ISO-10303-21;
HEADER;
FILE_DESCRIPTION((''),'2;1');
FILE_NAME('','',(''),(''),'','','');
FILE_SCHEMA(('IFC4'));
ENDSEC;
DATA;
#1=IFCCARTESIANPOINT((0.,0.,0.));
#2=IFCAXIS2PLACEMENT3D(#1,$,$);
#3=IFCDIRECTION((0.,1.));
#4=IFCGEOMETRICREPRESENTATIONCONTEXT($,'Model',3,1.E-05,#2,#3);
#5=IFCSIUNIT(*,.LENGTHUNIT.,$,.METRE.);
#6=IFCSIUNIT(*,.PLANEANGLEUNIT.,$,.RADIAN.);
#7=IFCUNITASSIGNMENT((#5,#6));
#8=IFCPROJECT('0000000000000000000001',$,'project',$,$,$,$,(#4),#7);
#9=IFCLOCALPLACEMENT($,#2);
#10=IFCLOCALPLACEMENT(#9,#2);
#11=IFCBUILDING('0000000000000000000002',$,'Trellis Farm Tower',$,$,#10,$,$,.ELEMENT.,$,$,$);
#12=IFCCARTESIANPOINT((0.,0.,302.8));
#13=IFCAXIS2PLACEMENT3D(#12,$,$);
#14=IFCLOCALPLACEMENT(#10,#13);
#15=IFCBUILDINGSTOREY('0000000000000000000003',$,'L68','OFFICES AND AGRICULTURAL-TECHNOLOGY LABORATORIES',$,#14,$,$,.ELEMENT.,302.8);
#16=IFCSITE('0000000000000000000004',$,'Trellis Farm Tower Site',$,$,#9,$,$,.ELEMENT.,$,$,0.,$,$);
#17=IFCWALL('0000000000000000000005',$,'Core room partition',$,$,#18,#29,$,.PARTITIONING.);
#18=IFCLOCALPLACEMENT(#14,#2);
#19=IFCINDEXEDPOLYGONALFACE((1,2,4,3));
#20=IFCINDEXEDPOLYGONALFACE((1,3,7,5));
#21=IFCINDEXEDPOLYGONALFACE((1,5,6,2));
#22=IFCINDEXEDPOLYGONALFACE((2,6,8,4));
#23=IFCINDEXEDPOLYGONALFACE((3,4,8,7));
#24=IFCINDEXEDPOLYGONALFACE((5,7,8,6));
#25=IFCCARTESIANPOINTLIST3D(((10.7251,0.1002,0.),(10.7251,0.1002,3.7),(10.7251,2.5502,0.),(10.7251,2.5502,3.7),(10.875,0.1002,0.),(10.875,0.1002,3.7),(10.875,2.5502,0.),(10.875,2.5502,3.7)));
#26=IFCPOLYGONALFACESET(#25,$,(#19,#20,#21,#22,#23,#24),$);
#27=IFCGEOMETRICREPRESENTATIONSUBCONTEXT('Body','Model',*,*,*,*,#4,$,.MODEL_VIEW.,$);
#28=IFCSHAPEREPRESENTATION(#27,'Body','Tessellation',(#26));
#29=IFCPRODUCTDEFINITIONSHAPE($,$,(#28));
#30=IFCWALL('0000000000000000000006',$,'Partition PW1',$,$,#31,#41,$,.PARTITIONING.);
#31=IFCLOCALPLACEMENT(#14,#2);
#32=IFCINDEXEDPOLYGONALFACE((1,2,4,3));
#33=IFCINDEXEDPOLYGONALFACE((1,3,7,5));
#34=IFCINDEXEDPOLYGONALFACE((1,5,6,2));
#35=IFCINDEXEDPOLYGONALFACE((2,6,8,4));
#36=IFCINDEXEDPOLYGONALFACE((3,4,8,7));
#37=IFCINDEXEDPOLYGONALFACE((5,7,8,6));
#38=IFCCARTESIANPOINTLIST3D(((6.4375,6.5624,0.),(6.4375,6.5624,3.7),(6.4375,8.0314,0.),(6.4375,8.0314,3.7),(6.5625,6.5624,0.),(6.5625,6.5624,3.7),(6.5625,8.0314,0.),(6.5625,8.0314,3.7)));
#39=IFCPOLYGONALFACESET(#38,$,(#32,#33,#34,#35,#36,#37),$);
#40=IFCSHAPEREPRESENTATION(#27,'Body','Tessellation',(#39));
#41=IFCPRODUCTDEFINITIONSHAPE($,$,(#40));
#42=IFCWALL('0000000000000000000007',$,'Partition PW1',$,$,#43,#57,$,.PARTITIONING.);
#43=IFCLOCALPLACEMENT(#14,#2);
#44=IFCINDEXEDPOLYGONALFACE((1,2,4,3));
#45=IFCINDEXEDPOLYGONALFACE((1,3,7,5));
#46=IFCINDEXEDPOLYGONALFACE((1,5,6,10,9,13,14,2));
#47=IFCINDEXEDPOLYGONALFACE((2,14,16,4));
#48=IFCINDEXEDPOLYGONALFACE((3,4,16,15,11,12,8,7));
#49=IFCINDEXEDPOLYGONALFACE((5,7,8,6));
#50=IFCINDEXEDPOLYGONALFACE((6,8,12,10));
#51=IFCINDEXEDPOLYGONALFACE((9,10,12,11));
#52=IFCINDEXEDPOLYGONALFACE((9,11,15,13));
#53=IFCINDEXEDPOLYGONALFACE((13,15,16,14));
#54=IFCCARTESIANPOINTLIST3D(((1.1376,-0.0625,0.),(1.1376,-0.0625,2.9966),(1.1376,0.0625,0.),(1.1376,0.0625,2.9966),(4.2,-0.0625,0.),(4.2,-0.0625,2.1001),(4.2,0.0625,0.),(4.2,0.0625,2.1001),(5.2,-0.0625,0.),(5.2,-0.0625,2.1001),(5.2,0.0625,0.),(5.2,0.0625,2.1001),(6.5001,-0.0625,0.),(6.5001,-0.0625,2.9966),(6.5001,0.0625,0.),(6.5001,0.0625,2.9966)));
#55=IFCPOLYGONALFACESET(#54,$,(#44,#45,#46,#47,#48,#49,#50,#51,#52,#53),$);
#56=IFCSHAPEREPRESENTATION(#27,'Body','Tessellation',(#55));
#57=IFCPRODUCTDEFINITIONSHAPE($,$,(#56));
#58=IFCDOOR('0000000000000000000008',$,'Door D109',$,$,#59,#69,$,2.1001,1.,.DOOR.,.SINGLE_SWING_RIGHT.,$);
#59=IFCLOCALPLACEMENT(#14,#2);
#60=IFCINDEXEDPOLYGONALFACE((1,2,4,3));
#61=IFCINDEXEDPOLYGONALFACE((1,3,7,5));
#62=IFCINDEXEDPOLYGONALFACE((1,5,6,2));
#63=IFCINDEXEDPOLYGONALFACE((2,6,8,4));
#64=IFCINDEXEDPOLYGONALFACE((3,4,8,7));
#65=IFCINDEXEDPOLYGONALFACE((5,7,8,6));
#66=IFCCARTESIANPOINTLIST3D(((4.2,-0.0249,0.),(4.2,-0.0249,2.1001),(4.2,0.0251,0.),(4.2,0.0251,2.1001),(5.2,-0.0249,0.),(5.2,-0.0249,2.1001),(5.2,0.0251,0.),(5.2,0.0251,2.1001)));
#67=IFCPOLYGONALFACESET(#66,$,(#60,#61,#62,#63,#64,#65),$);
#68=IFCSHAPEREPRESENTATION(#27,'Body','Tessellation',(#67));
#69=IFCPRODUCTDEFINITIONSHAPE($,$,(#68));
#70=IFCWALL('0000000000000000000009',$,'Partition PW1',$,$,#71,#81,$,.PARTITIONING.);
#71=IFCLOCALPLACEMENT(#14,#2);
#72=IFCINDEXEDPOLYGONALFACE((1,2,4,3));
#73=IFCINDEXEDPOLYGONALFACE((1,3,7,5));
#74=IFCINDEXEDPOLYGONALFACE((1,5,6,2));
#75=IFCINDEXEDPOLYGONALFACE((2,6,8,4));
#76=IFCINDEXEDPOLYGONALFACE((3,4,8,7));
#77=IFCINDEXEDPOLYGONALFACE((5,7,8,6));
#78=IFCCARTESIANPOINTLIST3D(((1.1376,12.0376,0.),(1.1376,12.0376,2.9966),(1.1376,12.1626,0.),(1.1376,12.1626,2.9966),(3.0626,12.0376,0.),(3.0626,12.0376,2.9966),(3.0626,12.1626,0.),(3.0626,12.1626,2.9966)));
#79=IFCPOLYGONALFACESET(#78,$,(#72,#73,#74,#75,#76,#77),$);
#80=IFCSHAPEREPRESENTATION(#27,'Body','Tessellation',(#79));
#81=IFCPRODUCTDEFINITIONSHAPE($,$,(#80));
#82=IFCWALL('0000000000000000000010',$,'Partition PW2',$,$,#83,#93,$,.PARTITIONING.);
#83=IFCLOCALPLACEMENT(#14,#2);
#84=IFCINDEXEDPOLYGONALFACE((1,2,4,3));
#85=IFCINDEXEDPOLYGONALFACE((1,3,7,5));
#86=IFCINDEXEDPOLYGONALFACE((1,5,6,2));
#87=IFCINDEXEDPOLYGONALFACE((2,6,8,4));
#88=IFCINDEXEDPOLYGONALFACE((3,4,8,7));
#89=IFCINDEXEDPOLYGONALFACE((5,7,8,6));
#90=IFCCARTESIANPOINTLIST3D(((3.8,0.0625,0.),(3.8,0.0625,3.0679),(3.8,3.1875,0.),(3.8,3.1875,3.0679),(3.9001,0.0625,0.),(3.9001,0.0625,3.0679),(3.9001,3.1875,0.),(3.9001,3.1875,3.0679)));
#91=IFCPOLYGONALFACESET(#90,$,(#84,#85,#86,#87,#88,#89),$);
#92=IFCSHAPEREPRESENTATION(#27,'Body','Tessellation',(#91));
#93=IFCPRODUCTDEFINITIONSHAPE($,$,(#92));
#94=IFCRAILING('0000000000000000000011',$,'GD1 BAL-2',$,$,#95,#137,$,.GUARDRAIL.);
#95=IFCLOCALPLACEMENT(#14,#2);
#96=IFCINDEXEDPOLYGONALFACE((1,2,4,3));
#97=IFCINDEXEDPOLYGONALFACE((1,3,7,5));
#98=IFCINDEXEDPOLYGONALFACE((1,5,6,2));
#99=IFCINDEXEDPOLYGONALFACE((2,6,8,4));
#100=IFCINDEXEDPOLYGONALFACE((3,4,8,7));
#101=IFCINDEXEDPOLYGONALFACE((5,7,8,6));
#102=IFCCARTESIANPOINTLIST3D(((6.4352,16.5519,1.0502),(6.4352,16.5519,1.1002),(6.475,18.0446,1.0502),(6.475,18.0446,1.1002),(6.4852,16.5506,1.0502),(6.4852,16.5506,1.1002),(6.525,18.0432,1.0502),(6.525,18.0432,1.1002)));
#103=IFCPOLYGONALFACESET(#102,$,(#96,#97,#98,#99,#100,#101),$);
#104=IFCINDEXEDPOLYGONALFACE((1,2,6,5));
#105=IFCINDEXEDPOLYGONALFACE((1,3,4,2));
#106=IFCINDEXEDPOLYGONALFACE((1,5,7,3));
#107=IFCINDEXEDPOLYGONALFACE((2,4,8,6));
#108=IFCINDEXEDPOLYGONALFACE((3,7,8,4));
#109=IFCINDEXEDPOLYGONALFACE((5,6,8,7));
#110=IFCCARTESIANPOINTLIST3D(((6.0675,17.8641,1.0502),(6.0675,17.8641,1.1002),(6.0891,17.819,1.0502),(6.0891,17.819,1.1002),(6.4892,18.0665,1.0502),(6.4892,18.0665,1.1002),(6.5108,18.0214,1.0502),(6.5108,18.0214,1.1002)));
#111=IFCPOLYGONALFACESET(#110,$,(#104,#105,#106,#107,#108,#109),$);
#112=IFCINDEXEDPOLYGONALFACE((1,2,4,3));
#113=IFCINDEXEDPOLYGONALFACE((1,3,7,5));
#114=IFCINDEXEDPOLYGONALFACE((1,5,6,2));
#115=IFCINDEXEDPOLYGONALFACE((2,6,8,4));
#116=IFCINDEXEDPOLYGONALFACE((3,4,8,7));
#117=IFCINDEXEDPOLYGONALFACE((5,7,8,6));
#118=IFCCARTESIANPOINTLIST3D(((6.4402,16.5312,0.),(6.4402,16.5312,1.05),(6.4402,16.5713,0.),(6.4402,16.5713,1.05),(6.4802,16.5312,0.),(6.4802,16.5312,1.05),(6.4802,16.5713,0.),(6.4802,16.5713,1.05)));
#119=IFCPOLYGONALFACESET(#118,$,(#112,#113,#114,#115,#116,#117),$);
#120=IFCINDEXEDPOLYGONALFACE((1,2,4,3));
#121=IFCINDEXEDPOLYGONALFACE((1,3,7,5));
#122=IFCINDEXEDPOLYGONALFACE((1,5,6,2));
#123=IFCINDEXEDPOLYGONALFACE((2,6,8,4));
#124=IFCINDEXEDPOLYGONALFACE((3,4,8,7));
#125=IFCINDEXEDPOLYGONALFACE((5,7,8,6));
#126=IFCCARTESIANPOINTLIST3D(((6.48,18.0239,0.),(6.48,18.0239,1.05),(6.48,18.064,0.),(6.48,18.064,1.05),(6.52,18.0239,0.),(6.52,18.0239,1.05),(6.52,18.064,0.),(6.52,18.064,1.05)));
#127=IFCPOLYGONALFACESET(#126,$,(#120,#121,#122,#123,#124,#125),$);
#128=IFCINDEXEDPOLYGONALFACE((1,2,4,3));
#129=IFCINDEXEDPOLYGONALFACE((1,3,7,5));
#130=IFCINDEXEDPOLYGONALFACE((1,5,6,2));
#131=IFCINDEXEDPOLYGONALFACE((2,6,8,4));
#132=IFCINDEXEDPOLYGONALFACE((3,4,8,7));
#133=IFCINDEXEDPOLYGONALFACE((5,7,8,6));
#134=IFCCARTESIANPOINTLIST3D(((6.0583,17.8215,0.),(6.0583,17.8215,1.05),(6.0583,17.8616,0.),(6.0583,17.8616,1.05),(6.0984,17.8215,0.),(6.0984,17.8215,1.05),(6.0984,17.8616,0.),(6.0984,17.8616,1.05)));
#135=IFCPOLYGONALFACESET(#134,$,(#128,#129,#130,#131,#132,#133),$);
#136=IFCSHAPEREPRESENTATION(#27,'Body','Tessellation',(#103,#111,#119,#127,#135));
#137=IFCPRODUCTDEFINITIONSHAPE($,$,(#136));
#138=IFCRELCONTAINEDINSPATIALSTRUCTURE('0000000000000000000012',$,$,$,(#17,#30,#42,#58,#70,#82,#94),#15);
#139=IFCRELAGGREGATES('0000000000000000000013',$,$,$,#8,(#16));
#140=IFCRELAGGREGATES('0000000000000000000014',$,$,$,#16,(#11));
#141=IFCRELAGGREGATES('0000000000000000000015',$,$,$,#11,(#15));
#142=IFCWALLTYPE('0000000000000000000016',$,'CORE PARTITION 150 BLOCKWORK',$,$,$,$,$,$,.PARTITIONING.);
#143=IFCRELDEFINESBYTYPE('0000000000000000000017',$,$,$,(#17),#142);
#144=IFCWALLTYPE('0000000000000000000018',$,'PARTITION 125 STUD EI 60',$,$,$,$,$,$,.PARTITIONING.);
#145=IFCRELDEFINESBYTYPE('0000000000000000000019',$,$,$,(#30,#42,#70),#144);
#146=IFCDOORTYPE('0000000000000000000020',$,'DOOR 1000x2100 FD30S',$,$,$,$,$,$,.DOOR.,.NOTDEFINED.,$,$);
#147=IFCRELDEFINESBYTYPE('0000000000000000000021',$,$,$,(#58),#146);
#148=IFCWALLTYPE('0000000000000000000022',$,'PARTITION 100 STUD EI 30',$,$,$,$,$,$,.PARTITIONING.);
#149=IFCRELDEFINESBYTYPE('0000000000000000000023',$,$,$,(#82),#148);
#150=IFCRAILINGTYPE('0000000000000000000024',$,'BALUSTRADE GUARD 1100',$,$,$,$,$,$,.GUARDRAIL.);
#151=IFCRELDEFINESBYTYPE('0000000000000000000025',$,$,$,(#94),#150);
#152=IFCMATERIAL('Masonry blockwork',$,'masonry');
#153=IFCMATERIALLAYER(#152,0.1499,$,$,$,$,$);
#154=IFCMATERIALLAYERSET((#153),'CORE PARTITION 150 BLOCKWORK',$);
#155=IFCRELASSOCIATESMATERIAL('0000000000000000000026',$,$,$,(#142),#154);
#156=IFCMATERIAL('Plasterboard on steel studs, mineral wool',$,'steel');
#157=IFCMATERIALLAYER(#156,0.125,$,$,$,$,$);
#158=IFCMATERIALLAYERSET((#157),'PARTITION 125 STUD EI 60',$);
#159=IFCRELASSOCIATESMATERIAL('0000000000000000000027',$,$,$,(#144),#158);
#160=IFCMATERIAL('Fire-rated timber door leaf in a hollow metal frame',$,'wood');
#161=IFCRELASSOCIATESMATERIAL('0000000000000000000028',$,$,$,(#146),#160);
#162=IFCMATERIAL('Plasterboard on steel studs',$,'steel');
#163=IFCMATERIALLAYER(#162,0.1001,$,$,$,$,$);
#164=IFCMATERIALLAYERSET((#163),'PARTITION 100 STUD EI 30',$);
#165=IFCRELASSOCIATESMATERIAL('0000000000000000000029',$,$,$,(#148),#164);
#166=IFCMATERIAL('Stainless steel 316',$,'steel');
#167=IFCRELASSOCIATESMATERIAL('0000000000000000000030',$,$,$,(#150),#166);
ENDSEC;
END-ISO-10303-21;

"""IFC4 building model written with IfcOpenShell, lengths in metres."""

from ifc_helpers import new_model, si_unit, direction, frame, frame_2d, origin, origin_2d, place, context, subcontext, project, spatial, rectangle, extrude, source, transform, mapped, material, layer, layer_set, type_object, element, fill, save


model = new_model("IFC4")

# Units and contexts
model_context = context("Model", 3, precision=1e-05, world=origin(), true_north=direction((0.0, 1.0)))
body_context = subcontext(model_context, "Body", "Model", "MODEL_VIEW")
ifc_project = project(units=[si_unit("LENGTHUNIT", "METRE"), si_unit("PLANEANGLEUNIT", "RADIAN")], contexts=[model_context])

# Site, building, storey
site_placement = place(None, origin())
site = spatial("IfcSite", under=ifc_project, at=site_placement, Name="Trellis Farm Tower Site", CompositionType="ELEMENT", RefElevation=0.0)
building_placement = place(site_placement, origin())
building = spatial("IfcBuilding", under=site, at=building_placement, Name="Trellis Farm Tower", CompositionType="ELEMENT")
storey_placement = place(building_placement, frame((0.0, 0.0, 302.8)))
storey = spatial("IfcBuildingStorey", under=building, at=storey_placement, Name="L68", Description="OFFICES AND AGRICULTURAL-TECHNOLOGY LABORATORIES", CompositionType="ELEMENT", Elevation=302.8)

# Walls
ifc_material_1 = material(Name="Masonry blockwork", Category="masonry")
ifc_layer_1 = layer(ifc_material_1, 0.1499)
ifc_layer_set_1 = layer_set([ifc_layer_1], Name="CORE PARTITION 150 BLOCKWORK")
wall_type_1 = type_object("IfcWallType", Name="CORE PARTITION 150 BLOCKWORK", PredefinedType="PARTITIONING", material=ifc_layer_set_1)
shared_shape_1 = source(origin(), body_context, "Body", "SweptSolid", [
    extrude(rectangle(XDim=2.45, YDim=0.1499, at=frame_2d((1.2251, 0.0))), origin(), (0.0, 0.0, 1.0), 3.7),
])
for number, where, z_axis, x_axis, name in (
    (1, (10.8, 0.1001, 0.0), (0.0, 0.0, 1.0), (0.0, 1.0, 0.0), "Core room partition"),
):
    element("IfcWall", number, at=place(storey_placement, frame(where, z_axis=z_axis, x_axis=x_axis)), inside=storey, type_object=wall_type_1, Name=name, PredefinedType="PARTITIONING", context=body_context, shape_type="MappedRepresentation", body=[
        mapped(shared_shape_1, transform((0.0, 0.0, 0.0))),
    ])
ifc_material_2 = material(Name="Plasterboard on steel studs, mineral wool", Category="steel")
ifc_layer_2 = layer(ifc_material_2, 0.125)
ifc_layer_set_2 = layer_set([ifc_layer_2], Name="PARTITION 125 STUD EI 60")
wall_type_2 = type_object("IfcWallType", Name="PARTITION 125 STUD EI 60", PredefinedType="PARTITIONING", material=ifc_layer_set_2)
shared_shape_2 = source(origin(), body_context, "Body", "SweptSolid", [
    extrude(rectangle(XDim=1.469, YDim=0.125, at=frame_2d((0.7344, 0.0))), origin(), (0.0, 0.0, 1.0), 3.7),
])
wall_1_placement = place(storey_placement, frame((6.5, 6.5625, 0.0), z_axis=(0.0, 0.0, 1.0), x_axis=(0.0, 1.0, 0.0)))
element("IfcWall", 2, at=wall_1_placement, inside=storey, type_object=wall_type_2, Name="Partition PW1", PredefinedType="PARTITIONING", context=body_context, shape_type="MappedRepresentation", body=[
    mapped(shared_shape_2, transform((0.0, 0.0, 0.0))),
])

# Wall, opening, door
shared_shape_3 = source(origin(), body_context, "Body", "SweptSolid", [
    extrude(rectangle(XDim=5.3625, YDim=0.125, at=frame_2d((2.6812, 0.0))), origin(), (0.0, 0.0, 1.0), 2.9966),
])
wall_2_placement = place(storey_placement, frame((6.5, 0.0, 0.0), z_axis=(0.0, 0.0, 1.0), x_axis=(-1.0, 0.0, 0.0)))
wall_2 = element("IfcWall", 3, at=wall_2_placement, inside=storey, type_object=wall_type_2, Name="Partition PW1", PredefinedType="PARTITIONING", context=body_context, shape_type="MappedRepresentation", body=[
    mapped(shared_shape_3, transform((0.0, 0.0, 0.0))),
])
shared_shape_4 = source(origin(), body_context, "Body", "SweptSolid", [
    extrude(rectangle(XDim=1.0, YDim=2.1001, at=frame_2d((0.5, 1.05))), frame((0.0, 0.0725, 0.0), z_axis=(0.0, -1.0, 0.0), x_axis=(1.0, 0.0, 0.0)), (0.0, 0.0, 1.0), 0.145),
])
opening_1_placement = place(wall_2_placement, frame((1.3, 0.0, 0.0)))
opening_1 = element("IfcOpeningElement", 4, at=opening_1_placement, cuts=wall_2, PredefinedType="OPENING", context=body_context, shape_type="MappedRepresentation", body=[
    mapped(shared_shape_4, transform((0.0, 0.0, 0.0))),
])
ifc_material_3 = material(Name="Fire-rated timber door leaf in a hollow metal frame", Category="wood")
door_type_1 = type_object("IfcDoorType", Name="DOOR 1000x2100 FD30S", OperationType="NOTDEFINED", PredefinedType="DOOR", material=ifc_material_3)
shared_shape_5 = source(origin(), body_context, "Body", "SweptSolid", [
    extrude(rectangle(XDim=1.0, YDim=2.1001, at=frame_2d((0.5, 1.05))), frame((0.0, 0.0249, 0.0), z_axis=(0.0, -1.0, 0.0), x_axis=(1.0, 0.0, 0.0)), (0.0, 0.0, 1.0), 0.05),
])
door_1_placement = place(opening_1_placement, origin())
door_1 = element("IfcDoor", 5, at=door_1_placement, inside=storey, type_object=door_type_1, Name="Door D109", OperationType="SINGLE_SWING_RIGHT", OverallHeight=2.1001, OverallWidth=1.0, PredefinedType="DOOR", context=body_context, shape_type="MappedRepresentation", body=[
    mapped(shared_shape_5, transform((0.0, 0.0, 0.0))),
])
fill(opening_1, door_1)

# Walls
shared_shape_6 = source(origin(), body_context, "Body", "SweptSolid", [
    extrude(rectangle(XDim=1.925, YDim=0.125, at=frame_2d((0.9624, 0.0))), origin(), (0.0, 0.0, 1.0), 2.9966),
])
wall_3_placement = place(storey_placement, frame((3.0625, 12.1001, 0.0), z_axis=(0.0, 0.0, 1.0), x_axis=(-1.0, 0.0, 0.0)))
element("IfcWall", 6, at=wall_3_placement, inside=storey, type_object=wall_type_2, Name="Partition PW1", PredefinedType="PARTITIONING", context=body_context, shape_type="MappedRepresentation", body=[
    mapped(shared_shape_6, transform((0.0, 0.0, 0.0))),
])
ifc_material_4 = material(Name="Plasterboard on steel studs", Category="steel")
ifc_layer_3 = layer(ifc_material_4, 0.1001)
ifc_layer_set_3 = layer_set([ifc_layer_3], Name="PARTITION 100 STUD EI 30")
wall_type_3 = type_object("IfcWallType", Name="PARTITION 100 STUD EI 30", PredefinedType="PARTITIONING", material=ifc_layer_set_3)
shared_shape_7 = source(origin(), body_context, "Body", "SweptSolid", [
    extrude(rectangle(XDim=3.125, YDim=0.1001, at=frame_2d((1.5625, 0.0))), origin(), (0.0, 0.0, 1.0), 3.0679),
])
wall_4_placement = place(storey_placement, frame((3.8501, 0.0625, 0.0), z_axis=(0.0, 0.0, 1.0), x_axis=(0.0, 1.0, 0.0)))
element("IfcWall", 7, at=wall_4_placement, inside=storey, type_object=wall_type_3, Name="Partition PW2", PredefinedType="PARTITIONING", context=body_context, shape_type="MappedRepresentation", body=[
    mapped(shared_shape_7, transform((0.0, 0.0, 0.0))),
])

# Railing
ifc_material_5 = material(Name="Stainless steel 316", Category="steel")
railing_type = type_object("IfcRailingType", Name="BALUSTRADE GUARD 1100", PredefinedType="GUARDRAIL", material=ifc_material_5)
shared_shape_8 = source(origin(), body_context, "Body", "SweptSolid", [
    extrude(rectangle(XDim=0.05, YDim=0.05, at=origin_2d()), frame((0.0, 0.0, 1.0752), z_axis=(0.026651, 0.999645, 0.0), x_axis=(-0.999645, 0.026651, 0.0)), (0.0, 0.0, 1.0), 1.4932),
    extrude(rectangle(XDim=0.05, YDim=0.05, at=origin_2d()), frame((0.0398, 1.4927, 1.0752), z_axis=(-0.901515, -0.432748, 0.0), x_axis=(0.432748, -0.901515, 0.0)), (0.0, 0.0, 1.0), 0.4678),
    extrude(rectangle(XDim=0.04, YDim=0.04, at=origin_2d()), origin(), (0.0, 0.0, 1.0), 1.05),
    extrude(rectangle(XDim=0.04, YDim=0.04, at=origin_2d()), frame((0.0398, 1.4927, 0.0)), (0.0, 0.0, 1.0), 1.05),
    extrude(rectangle(XDim=0.04, YDim=0.04, at=origin_2d()), frame((-0.3818, 1.2903, 0.0)), (0.0, 0.0, 1.0), 1.05),
])
railing_placement = place(storey_placement, frame((6.4602, 16.5513, 0.0)))
element("IfcRailing", 8, at=railing_placement, inside=storey, type_object=railing_type, Name="GD1 BAL-2", PredefinedType="GUARDRAIL", context=body_context, shape_type="MappedRepresentation", body=[
    mapped(shared_shape_8, transform((0.0, 0.0, 0.0))),
])

save(model, "model.ifc")
